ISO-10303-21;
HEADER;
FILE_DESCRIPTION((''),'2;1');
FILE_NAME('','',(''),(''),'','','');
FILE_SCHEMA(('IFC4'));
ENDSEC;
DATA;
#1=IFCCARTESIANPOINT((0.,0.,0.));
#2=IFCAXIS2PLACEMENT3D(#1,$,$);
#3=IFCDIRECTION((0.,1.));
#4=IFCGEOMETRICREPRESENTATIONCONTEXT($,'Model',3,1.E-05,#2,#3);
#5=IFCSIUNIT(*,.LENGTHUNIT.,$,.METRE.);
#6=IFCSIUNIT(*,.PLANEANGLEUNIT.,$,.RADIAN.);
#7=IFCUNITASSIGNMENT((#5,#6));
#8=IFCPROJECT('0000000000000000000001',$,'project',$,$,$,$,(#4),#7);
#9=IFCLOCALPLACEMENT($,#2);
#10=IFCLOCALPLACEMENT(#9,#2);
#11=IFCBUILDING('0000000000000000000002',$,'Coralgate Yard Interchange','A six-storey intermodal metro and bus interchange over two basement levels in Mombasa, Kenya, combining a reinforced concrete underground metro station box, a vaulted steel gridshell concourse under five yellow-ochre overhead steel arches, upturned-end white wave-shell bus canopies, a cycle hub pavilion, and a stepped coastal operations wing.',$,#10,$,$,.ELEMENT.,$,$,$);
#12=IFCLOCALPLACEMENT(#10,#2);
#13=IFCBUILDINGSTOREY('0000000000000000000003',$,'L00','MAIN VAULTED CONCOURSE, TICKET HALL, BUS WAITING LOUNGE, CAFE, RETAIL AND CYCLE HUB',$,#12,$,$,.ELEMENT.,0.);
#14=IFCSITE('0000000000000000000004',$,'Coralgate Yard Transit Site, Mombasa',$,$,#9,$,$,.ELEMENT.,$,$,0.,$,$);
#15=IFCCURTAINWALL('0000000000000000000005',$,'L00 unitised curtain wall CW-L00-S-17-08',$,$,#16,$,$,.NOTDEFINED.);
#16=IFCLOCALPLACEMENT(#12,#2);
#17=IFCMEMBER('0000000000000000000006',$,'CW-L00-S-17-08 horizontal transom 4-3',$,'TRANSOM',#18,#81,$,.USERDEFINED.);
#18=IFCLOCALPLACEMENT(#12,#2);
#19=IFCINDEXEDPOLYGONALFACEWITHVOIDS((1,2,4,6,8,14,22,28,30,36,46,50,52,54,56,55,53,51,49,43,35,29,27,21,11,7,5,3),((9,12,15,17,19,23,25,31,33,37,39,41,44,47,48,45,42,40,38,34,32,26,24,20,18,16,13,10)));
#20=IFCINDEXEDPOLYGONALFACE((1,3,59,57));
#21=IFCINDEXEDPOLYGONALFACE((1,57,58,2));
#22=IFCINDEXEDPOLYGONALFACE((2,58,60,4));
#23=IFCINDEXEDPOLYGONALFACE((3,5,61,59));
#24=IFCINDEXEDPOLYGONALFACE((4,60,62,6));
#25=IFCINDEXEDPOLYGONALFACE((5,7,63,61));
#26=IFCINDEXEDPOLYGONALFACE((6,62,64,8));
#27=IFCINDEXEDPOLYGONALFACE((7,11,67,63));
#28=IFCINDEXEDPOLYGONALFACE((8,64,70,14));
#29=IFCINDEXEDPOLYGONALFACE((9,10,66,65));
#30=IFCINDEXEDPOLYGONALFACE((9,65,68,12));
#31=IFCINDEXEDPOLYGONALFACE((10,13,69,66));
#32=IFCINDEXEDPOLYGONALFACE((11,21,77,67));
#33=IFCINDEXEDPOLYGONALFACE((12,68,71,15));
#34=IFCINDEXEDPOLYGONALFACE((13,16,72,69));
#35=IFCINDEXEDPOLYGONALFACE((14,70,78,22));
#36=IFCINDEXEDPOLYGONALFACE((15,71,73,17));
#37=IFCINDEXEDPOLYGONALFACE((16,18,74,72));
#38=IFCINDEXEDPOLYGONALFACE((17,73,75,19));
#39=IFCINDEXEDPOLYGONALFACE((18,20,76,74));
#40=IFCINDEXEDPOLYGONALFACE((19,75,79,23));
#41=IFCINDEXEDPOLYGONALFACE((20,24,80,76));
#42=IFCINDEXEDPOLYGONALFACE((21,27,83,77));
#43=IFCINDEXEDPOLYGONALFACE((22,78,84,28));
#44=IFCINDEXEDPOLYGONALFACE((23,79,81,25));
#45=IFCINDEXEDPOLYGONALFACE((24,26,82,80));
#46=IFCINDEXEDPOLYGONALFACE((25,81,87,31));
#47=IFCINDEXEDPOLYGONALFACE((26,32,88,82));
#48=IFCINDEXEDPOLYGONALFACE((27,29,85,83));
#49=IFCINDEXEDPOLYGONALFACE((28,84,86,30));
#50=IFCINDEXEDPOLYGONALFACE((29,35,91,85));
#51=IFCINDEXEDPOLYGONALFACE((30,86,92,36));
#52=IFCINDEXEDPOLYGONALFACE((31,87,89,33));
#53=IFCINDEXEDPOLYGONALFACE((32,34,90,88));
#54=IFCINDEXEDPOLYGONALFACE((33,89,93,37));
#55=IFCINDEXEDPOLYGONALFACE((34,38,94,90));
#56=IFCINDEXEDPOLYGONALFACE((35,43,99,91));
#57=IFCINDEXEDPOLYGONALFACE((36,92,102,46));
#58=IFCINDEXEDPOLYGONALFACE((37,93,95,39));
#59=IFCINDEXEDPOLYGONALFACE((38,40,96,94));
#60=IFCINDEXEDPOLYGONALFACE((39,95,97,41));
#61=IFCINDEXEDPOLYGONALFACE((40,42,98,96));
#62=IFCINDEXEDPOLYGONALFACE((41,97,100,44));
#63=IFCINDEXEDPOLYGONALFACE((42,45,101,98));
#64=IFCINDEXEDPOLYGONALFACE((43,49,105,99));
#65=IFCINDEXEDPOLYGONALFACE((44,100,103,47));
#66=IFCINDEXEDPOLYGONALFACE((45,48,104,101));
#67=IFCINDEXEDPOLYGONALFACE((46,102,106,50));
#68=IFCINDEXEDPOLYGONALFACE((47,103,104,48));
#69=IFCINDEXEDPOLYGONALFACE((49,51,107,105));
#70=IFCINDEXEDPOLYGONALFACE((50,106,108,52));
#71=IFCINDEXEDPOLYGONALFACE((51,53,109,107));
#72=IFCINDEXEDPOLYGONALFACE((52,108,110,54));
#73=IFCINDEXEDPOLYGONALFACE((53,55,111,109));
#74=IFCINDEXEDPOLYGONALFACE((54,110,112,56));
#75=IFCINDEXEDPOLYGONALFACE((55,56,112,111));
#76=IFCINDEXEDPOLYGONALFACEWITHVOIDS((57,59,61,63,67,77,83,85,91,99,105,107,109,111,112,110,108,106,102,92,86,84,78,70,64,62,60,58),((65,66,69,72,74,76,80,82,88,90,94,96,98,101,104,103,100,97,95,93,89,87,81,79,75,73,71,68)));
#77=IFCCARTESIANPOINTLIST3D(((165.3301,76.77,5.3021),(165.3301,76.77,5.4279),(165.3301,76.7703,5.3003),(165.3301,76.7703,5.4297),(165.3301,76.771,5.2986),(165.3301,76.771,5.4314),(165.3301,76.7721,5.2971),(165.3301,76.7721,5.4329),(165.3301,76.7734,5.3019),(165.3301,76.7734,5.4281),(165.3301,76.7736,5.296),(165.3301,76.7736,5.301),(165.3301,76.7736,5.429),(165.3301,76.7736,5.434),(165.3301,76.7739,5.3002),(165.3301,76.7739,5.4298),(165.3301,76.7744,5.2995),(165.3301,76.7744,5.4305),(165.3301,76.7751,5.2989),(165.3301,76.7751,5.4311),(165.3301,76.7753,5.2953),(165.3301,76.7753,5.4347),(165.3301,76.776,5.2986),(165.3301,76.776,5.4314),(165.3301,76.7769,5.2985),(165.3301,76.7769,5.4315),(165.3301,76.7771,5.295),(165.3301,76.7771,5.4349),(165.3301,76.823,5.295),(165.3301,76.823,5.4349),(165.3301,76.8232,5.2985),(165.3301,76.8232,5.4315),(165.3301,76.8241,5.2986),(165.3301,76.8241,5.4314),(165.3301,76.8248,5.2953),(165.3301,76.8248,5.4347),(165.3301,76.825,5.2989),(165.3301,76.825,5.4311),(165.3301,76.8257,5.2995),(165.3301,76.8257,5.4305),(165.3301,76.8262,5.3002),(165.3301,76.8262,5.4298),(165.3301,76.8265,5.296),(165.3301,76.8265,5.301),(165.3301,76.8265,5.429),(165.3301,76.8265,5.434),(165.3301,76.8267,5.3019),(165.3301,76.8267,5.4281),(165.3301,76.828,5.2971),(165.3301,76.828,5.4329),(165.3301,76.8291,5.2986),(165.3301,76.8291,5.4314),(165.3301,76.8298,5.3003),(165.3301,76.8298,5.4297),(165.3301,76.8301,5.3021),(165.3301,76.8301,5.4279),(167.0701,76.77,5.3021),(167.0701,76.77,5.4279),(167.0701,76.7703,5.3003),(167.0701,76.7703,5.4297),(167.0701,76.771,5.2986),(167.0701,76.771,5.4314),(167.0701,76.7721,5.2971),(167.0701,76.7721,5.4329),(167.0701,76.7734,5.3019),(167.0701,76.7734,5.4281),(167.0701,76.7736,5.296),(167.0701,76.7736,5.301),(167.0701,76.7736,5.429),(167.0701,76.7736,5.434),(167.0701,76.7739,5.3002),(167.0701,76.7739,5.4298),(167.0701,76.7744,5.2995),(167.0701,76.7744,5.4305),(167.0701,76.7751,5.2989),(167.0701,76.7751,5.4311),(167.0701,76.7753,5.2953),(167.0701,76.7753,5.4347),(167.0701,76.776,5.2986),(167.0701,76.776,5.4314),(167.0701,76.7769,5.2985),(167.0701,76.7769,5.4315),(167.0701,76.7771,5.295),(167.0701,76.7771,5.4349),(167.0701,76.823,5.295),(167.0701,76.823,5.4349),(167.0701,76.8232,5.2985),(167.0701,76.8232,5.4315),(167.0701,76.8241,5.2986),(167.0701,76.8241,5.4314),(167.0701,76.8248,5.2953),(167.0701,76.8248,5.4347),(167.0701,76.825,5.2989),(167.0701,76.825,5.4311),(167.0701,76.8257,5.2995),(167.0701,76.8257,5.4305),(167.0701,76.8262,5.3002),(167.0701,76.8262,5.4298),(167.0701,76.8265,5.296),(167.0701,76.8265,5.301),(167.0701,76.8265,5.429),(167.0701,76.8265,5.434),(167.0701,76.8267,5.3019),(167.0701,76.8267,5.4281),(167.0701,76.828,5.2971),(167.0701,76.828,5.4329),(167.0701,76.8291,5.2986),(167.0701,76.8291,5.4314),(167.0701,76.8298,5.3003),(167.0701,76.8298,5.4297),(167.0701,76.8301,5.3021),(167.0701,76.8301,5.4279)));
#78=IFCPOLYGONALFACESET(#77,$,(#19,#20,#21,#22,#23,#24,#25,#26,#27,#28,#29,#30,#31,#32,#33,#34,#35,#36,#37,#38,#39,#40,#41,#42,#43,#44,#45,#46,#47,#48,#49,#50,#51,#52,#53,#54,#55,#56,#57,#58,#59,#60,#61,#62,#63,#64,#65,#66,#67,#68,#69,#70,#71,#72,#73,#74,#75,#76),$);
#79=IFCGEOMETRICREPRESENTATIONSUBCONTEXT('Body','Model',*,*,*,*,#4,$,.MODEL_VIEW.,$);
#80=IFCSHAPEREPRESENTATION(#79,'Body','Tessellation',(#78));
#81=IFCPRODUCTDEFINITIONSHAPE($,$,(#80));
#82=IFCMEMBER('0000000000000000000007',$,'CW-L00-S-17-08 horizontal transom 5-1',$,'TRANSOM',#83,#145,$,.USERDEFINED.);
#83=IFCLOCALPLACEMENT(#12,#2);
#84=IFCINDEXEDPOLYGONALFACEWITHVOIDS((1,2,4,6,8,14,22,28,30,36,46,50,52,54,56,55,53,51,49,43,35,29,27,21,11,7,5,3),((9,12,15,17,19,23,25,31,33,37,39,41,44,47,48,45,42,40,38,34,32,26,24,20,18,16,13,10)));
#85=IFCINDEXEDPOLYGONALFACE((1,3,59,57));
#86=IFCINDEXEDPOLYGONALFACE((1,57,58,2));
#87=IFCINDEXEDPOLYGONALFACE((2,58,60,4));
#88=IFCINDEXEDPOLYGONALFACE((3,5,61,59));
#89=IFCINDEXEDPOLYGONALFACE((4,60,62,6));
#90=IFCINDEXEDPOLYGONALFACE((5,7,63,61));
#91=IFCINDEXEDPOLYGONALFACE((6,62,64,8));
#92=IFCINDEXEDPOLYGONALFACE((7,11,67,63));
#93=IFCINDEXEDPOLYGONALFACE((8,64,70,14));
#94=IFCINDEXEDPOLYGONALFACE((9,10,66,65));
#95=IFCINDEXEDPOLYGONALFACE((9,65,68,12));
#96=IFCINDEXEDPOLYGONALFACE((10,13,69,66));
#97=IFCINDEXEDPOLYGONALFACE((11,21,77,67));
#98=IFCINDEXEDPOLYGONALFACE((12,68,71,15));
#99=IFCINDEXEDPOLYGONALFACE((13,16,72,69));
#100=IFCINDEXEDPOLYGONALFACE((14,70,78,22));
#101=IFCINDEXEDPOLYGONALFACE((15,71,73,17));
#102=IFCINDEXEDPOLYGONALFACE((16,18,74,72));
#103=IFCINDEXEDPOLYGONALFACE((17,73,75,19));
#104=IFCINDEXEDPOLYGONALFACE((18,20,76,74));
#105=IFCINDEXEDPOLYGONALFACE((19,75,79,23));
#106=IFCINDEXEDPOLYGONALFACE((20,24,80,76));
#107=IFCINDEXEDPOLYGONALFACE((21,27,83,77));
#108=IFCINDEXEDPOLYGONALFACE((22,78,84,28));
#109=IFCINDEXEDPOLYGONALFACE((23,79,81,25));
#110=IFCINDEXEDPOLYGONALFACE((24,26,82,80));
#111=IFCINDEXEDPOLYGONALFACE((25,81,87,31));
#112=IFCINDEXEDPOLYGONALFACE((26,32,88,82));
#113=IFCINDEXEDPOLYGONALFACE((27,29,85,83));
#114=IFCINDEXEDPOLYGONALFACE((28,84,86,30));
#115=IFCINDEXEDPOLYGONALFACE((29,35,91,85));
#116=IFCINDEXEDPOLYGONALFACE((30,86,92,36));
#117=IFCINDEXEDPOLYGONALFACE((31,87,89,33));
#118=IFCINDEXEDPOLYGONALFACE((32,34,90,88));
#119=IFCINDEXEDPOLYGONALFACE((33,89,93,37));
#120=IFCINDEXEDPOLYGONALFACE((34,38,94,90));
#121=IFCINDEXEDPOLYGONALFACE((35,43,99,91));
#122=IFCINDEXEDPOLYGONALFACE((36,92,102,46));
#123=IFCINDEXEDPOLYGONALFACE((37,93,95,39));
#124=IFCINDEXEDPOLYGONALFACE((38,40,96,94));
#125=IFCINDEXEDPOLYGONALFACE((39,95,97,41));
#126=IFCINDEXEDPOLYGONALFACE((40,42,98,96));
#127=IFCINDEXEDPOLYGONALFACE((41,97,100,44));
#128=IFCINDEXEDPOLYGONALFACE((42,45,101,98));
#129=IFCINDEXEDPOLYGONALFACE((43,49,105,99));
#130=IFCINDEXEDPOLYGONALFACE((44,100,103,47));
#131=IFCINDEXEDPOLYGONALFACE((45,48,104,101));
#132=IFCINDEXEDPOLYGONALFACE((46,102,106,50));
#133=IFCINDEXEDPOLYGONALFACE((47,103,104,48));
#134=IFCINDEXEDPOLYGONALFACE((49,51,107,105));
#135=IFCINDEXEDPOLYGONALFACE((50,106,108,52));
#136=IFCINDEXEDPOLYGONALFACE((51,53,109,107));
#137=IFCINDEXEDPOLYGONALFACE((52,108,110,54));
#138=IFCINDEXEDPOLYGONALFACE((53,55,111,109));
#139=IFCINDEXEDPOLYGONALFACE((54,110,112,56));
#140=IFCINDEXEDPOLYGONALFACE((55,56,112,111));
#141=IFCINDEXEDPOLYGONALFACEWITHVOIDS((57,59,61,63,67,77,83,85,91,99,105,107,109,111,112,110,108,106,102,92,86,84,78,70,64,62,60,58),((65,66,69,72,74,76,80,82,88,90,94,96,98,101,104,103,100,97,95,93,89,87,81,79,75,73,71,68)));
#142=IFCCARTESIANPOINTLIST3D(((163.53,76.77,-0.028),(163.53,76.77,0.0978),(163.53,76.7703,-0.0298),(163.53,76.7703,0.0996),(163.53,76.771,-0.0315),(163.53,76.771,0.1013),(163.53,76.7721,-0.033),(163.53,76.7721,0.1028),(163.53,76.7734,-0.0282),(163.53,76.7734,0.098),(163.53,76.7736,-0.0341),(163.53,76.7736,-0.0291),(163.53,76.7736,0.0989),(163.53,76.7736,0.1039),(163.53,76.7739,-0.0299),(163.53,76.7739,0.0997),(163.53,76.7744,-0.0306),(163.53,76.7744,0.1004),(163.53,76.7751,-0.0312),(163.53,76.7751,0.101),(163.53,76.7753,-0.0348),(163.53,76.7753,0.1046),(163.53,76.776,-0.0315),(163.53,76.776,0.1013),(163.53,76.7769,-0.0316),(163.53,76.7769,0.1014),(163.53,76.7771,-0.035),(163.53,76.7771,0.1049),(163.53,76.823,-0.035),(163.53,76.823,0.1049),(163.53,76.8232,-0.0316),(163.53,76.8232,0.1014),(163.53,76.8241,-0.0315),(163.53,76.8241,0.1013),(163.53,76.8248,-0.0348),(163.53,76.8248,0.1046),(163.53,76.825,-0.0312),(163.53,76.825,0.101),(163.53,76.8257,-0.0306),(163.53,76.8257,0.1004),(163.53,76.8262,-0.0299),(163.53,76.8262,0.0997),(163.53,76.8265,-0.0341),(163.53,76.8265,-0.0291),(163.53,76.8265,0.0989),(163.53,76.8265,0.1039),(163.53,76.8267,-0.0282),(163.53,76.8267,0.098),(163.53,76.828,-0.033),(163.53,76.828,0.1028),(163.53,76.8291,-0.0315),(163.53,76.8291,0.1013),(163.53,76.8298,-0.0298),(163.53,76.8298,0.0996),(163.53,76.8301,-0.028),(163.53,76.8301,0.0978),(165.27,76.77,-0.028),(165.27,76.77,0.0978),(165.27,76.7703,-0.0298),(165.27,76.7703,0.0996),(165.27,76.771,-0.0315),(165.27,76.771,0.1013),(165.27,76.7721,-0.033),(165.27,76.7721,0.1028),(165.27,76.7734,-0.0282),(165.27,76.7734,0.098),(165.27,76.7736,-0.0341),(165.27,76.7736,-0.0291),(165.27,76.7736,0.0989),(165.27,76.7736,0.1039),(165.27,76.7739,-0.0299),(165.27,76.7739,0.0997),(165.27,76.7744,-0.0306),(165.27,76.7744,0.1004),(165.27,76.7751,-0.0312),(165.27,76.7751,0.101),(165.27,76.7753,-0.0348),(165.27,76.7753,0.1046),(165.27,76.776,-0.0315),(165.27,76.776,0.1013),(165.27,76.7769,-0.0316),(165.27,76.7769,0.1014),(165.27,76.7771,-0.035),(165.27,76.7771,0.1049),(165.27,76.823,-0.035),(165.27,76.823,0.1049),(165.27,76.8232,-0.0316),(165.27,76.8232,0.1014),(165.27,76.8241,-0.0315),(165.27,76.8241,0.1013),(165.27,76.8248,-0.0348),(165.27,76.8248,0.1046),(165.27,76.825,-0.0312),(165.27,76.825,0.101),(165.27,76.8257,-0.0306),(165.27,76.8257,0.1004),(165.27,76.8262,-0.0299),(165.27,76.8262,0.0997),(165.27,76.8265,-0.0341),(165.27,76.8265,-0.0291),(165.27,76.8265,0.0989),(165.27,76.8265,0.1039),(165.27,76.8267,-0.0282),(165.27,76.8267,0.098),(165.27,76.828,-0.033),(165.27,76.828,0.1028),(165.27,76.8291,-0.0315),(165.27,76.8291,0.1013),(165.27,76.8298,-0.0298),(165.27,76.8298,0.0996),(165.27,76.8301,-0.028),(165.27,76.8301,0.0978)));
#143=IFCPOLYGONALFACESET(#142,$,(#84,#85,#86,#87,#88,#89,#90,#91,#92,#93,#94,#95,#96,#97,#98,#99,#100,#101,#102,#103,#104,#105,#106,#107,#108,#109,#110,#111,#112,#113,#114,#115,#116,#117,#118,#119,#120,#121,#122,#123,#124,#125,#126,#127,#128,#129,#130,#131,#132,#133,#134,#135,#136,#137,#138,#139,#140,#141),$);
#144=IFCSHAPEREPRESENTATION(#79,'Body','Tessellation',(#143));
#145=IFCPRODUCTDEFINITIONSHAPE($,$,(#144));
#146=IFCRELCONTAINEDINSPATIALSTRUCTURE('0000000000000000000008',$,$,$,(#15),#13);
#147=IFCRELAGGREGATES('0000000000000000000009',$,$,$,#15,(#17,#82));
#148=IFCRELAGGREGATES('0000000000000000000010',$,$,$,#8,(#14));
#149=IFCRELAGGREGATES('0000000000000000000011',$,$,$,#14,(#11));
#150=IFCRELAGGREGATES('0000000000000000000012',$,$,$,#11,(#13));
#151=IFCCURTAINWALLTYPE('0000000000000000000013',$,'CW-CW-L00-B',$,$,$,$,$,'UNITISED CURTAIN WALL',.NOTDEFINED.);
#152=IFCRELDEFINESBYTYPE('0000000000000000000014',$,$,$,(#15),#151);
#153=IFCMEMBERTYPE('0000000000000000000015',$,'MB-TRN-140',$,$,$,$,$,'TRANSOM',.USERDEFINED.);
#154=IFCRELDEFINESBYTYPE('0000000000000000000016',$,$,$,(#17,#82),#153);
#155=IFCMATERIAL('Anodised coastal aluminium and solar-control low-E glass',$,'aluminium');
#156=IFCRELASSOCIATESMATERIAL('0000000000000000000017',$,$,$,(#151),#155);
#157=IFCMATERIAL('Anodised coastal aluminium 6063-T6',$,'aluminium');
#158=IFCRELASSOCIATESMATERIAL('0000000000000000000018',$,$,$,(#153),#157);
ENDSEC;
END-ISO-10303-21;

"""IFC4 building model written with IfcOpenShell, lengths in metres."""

from ifc_helpers import new_model, si_unit, direction, frame, origin, origin_2d, place, context, subcontext, project, spatial, hollow_rectangle, extrude, material, material_profile, profile_set, type_object, element, aggregate, save


model = new_model("IFC4")

# Units and contexts
model_context = context("Model", 3, precision=1e-05, world=origin(), true_north=direction((0.0, 1.0)))
body_context = subcontext(model_context, "Body", "Model", "MODEL_VIEW")
ifc_project = project(units=[si_unit("LENGTHUNIT", "METRE"), si_unit("PLANEANGLEUNIT", "RADIAN")], contexts=[model_context])

# Site, building, storey
site_placement = place(None, origin())
site = spatial("IfcSite", under=ifc_project, at=site_placement, Name="Coralgate Yard Transit Site, Mombasa", CompositionType="ELEMENT", RefElevation=0.0)
building_placement = place(site_placement, origin())
building = spatial("IfcBuilding", under=site, at=building_placement, Name="Coralgate Yard Interchange", Description="A six-storey intermodal metro and bus interchange over two basement levels in Mombasa, Kenya, combining a reinforced concrete underground metro station box, a vaulted steel gridshell concourse under five yellow-ochre overhead steel arches, upturned-end white wave-shell bus canopies, a cycle hub pavilion, and a stepped coastal operations wing.", CompositionType="ELEMENT")
storey_placement = place(building_placement, origin())
storey = spatial("IfcBuildingStorey", under=building, at=storey_placement, Name="L00", Description="MAIN VAULTED CONCOURSE, TICKET HALL, BUS WAITING LOUNGE, CAFE, RETAIL AND CYCLE HUB", CompositionType="ELEMENT", Elevation=0.0)

# Curtain wall, members
ifc_material_1 = material(Name="Anodised coastal aluminium and solar-control low-E glass", Category="aluminium")
curtain_wall_type = type_object("IfcCurtainWallType", Name="CW-CW-L00-B", ElementType="UNITISED CURTAIN WALL", PredefinedType="NOTDEFINED", material=ifc_material_1)
curtain_wall_placement = place(storey_placement, origin())
curtain_wall = element("IfcCurtainWall", 1, at=curtain_wall_placement, inside=storey, type_object=curtain_wall_type, Name="L00 unitised curtain wall CW-L00-S-17-08", PredefinedType="NOTDEFINED")
ifc_material_2 = material(Name="Anodised coastal aluminium 6063-T6", Category="aluminium")
ifc_material_profile_1 = material_profile(ifc_material_2, hollow_rectangle(XDim=0.0601, YDim=0.1399, WallThickness=0.0034, InnerFilletRadius=0.0034, OuterFilletRadius=0.0071, at=origin_2d()), Name="ALU 60x140x3.5")
ifc_profile_set_1 = profile_set([ifc_material_profile_1], Name="Anodised coastal aluminium 6063-T6")
member_type_1 = type_object("IfcMemberType", Name="MB-TRN-140", ElementType="TRANSOM", PredefinedType="USERDEFINED", material=ifc_profile_set_1)
member_1_placement = place(storey_placement, frame((167.0701, 76.8, 5.365), z_axis=(-1.0, 0.0, 0.0), x_axis=(0.0, -1.0, 0.0)))
member_1 = element("IfcMember", 2, at=member_1_placement, type_object=member_type_1, Name="CW-L00-S-17-08 horizontal transom 4-3", ObjectType="TRANSOM", PredefinedType="USERDEFINED", context=body_context, shape_type="SweptSolid", body=[
    extrude(hollow_rectangle(XDim=0.0601, YDim=0.1399, WallThickness=0.0034, InnerFilletRadius=0.0034, OuterFilletRadius=0.0071, at=origin_2d()), origin(), (0.0, 0.0, 1.0), 1.74),
])
member_2_placement = place(storey_placement, frame((165.27, 76.8, 0.0349), z_axis=(-1.0, 0.0, 0.0), x_axis=(0.0, -1.0, 0.0)))
member_2 = element("IfcMember", 3, at=member_2_placement, type_object=member_type_1, Name="CW-L00-S-17-08 horizontal transom 5-1", ObjectType="TRANSOM", PredefinedType="USERDEFINED", context=body_context, shape_type="SweptSolid", body=[
    extrude(hollow_rectangle(XDim=0.0601, YDim=0.1399, WallThickness=0.0034, InnerFilletRadius=0.0034, OuterFilletRadius=0.0071, at=origin_2d()), origin(), (0.0, 0.0, 1.0), 1.74),
])
aggregate(curtain_wall, [member_1, member_2])

save(model, "model.ifc")
